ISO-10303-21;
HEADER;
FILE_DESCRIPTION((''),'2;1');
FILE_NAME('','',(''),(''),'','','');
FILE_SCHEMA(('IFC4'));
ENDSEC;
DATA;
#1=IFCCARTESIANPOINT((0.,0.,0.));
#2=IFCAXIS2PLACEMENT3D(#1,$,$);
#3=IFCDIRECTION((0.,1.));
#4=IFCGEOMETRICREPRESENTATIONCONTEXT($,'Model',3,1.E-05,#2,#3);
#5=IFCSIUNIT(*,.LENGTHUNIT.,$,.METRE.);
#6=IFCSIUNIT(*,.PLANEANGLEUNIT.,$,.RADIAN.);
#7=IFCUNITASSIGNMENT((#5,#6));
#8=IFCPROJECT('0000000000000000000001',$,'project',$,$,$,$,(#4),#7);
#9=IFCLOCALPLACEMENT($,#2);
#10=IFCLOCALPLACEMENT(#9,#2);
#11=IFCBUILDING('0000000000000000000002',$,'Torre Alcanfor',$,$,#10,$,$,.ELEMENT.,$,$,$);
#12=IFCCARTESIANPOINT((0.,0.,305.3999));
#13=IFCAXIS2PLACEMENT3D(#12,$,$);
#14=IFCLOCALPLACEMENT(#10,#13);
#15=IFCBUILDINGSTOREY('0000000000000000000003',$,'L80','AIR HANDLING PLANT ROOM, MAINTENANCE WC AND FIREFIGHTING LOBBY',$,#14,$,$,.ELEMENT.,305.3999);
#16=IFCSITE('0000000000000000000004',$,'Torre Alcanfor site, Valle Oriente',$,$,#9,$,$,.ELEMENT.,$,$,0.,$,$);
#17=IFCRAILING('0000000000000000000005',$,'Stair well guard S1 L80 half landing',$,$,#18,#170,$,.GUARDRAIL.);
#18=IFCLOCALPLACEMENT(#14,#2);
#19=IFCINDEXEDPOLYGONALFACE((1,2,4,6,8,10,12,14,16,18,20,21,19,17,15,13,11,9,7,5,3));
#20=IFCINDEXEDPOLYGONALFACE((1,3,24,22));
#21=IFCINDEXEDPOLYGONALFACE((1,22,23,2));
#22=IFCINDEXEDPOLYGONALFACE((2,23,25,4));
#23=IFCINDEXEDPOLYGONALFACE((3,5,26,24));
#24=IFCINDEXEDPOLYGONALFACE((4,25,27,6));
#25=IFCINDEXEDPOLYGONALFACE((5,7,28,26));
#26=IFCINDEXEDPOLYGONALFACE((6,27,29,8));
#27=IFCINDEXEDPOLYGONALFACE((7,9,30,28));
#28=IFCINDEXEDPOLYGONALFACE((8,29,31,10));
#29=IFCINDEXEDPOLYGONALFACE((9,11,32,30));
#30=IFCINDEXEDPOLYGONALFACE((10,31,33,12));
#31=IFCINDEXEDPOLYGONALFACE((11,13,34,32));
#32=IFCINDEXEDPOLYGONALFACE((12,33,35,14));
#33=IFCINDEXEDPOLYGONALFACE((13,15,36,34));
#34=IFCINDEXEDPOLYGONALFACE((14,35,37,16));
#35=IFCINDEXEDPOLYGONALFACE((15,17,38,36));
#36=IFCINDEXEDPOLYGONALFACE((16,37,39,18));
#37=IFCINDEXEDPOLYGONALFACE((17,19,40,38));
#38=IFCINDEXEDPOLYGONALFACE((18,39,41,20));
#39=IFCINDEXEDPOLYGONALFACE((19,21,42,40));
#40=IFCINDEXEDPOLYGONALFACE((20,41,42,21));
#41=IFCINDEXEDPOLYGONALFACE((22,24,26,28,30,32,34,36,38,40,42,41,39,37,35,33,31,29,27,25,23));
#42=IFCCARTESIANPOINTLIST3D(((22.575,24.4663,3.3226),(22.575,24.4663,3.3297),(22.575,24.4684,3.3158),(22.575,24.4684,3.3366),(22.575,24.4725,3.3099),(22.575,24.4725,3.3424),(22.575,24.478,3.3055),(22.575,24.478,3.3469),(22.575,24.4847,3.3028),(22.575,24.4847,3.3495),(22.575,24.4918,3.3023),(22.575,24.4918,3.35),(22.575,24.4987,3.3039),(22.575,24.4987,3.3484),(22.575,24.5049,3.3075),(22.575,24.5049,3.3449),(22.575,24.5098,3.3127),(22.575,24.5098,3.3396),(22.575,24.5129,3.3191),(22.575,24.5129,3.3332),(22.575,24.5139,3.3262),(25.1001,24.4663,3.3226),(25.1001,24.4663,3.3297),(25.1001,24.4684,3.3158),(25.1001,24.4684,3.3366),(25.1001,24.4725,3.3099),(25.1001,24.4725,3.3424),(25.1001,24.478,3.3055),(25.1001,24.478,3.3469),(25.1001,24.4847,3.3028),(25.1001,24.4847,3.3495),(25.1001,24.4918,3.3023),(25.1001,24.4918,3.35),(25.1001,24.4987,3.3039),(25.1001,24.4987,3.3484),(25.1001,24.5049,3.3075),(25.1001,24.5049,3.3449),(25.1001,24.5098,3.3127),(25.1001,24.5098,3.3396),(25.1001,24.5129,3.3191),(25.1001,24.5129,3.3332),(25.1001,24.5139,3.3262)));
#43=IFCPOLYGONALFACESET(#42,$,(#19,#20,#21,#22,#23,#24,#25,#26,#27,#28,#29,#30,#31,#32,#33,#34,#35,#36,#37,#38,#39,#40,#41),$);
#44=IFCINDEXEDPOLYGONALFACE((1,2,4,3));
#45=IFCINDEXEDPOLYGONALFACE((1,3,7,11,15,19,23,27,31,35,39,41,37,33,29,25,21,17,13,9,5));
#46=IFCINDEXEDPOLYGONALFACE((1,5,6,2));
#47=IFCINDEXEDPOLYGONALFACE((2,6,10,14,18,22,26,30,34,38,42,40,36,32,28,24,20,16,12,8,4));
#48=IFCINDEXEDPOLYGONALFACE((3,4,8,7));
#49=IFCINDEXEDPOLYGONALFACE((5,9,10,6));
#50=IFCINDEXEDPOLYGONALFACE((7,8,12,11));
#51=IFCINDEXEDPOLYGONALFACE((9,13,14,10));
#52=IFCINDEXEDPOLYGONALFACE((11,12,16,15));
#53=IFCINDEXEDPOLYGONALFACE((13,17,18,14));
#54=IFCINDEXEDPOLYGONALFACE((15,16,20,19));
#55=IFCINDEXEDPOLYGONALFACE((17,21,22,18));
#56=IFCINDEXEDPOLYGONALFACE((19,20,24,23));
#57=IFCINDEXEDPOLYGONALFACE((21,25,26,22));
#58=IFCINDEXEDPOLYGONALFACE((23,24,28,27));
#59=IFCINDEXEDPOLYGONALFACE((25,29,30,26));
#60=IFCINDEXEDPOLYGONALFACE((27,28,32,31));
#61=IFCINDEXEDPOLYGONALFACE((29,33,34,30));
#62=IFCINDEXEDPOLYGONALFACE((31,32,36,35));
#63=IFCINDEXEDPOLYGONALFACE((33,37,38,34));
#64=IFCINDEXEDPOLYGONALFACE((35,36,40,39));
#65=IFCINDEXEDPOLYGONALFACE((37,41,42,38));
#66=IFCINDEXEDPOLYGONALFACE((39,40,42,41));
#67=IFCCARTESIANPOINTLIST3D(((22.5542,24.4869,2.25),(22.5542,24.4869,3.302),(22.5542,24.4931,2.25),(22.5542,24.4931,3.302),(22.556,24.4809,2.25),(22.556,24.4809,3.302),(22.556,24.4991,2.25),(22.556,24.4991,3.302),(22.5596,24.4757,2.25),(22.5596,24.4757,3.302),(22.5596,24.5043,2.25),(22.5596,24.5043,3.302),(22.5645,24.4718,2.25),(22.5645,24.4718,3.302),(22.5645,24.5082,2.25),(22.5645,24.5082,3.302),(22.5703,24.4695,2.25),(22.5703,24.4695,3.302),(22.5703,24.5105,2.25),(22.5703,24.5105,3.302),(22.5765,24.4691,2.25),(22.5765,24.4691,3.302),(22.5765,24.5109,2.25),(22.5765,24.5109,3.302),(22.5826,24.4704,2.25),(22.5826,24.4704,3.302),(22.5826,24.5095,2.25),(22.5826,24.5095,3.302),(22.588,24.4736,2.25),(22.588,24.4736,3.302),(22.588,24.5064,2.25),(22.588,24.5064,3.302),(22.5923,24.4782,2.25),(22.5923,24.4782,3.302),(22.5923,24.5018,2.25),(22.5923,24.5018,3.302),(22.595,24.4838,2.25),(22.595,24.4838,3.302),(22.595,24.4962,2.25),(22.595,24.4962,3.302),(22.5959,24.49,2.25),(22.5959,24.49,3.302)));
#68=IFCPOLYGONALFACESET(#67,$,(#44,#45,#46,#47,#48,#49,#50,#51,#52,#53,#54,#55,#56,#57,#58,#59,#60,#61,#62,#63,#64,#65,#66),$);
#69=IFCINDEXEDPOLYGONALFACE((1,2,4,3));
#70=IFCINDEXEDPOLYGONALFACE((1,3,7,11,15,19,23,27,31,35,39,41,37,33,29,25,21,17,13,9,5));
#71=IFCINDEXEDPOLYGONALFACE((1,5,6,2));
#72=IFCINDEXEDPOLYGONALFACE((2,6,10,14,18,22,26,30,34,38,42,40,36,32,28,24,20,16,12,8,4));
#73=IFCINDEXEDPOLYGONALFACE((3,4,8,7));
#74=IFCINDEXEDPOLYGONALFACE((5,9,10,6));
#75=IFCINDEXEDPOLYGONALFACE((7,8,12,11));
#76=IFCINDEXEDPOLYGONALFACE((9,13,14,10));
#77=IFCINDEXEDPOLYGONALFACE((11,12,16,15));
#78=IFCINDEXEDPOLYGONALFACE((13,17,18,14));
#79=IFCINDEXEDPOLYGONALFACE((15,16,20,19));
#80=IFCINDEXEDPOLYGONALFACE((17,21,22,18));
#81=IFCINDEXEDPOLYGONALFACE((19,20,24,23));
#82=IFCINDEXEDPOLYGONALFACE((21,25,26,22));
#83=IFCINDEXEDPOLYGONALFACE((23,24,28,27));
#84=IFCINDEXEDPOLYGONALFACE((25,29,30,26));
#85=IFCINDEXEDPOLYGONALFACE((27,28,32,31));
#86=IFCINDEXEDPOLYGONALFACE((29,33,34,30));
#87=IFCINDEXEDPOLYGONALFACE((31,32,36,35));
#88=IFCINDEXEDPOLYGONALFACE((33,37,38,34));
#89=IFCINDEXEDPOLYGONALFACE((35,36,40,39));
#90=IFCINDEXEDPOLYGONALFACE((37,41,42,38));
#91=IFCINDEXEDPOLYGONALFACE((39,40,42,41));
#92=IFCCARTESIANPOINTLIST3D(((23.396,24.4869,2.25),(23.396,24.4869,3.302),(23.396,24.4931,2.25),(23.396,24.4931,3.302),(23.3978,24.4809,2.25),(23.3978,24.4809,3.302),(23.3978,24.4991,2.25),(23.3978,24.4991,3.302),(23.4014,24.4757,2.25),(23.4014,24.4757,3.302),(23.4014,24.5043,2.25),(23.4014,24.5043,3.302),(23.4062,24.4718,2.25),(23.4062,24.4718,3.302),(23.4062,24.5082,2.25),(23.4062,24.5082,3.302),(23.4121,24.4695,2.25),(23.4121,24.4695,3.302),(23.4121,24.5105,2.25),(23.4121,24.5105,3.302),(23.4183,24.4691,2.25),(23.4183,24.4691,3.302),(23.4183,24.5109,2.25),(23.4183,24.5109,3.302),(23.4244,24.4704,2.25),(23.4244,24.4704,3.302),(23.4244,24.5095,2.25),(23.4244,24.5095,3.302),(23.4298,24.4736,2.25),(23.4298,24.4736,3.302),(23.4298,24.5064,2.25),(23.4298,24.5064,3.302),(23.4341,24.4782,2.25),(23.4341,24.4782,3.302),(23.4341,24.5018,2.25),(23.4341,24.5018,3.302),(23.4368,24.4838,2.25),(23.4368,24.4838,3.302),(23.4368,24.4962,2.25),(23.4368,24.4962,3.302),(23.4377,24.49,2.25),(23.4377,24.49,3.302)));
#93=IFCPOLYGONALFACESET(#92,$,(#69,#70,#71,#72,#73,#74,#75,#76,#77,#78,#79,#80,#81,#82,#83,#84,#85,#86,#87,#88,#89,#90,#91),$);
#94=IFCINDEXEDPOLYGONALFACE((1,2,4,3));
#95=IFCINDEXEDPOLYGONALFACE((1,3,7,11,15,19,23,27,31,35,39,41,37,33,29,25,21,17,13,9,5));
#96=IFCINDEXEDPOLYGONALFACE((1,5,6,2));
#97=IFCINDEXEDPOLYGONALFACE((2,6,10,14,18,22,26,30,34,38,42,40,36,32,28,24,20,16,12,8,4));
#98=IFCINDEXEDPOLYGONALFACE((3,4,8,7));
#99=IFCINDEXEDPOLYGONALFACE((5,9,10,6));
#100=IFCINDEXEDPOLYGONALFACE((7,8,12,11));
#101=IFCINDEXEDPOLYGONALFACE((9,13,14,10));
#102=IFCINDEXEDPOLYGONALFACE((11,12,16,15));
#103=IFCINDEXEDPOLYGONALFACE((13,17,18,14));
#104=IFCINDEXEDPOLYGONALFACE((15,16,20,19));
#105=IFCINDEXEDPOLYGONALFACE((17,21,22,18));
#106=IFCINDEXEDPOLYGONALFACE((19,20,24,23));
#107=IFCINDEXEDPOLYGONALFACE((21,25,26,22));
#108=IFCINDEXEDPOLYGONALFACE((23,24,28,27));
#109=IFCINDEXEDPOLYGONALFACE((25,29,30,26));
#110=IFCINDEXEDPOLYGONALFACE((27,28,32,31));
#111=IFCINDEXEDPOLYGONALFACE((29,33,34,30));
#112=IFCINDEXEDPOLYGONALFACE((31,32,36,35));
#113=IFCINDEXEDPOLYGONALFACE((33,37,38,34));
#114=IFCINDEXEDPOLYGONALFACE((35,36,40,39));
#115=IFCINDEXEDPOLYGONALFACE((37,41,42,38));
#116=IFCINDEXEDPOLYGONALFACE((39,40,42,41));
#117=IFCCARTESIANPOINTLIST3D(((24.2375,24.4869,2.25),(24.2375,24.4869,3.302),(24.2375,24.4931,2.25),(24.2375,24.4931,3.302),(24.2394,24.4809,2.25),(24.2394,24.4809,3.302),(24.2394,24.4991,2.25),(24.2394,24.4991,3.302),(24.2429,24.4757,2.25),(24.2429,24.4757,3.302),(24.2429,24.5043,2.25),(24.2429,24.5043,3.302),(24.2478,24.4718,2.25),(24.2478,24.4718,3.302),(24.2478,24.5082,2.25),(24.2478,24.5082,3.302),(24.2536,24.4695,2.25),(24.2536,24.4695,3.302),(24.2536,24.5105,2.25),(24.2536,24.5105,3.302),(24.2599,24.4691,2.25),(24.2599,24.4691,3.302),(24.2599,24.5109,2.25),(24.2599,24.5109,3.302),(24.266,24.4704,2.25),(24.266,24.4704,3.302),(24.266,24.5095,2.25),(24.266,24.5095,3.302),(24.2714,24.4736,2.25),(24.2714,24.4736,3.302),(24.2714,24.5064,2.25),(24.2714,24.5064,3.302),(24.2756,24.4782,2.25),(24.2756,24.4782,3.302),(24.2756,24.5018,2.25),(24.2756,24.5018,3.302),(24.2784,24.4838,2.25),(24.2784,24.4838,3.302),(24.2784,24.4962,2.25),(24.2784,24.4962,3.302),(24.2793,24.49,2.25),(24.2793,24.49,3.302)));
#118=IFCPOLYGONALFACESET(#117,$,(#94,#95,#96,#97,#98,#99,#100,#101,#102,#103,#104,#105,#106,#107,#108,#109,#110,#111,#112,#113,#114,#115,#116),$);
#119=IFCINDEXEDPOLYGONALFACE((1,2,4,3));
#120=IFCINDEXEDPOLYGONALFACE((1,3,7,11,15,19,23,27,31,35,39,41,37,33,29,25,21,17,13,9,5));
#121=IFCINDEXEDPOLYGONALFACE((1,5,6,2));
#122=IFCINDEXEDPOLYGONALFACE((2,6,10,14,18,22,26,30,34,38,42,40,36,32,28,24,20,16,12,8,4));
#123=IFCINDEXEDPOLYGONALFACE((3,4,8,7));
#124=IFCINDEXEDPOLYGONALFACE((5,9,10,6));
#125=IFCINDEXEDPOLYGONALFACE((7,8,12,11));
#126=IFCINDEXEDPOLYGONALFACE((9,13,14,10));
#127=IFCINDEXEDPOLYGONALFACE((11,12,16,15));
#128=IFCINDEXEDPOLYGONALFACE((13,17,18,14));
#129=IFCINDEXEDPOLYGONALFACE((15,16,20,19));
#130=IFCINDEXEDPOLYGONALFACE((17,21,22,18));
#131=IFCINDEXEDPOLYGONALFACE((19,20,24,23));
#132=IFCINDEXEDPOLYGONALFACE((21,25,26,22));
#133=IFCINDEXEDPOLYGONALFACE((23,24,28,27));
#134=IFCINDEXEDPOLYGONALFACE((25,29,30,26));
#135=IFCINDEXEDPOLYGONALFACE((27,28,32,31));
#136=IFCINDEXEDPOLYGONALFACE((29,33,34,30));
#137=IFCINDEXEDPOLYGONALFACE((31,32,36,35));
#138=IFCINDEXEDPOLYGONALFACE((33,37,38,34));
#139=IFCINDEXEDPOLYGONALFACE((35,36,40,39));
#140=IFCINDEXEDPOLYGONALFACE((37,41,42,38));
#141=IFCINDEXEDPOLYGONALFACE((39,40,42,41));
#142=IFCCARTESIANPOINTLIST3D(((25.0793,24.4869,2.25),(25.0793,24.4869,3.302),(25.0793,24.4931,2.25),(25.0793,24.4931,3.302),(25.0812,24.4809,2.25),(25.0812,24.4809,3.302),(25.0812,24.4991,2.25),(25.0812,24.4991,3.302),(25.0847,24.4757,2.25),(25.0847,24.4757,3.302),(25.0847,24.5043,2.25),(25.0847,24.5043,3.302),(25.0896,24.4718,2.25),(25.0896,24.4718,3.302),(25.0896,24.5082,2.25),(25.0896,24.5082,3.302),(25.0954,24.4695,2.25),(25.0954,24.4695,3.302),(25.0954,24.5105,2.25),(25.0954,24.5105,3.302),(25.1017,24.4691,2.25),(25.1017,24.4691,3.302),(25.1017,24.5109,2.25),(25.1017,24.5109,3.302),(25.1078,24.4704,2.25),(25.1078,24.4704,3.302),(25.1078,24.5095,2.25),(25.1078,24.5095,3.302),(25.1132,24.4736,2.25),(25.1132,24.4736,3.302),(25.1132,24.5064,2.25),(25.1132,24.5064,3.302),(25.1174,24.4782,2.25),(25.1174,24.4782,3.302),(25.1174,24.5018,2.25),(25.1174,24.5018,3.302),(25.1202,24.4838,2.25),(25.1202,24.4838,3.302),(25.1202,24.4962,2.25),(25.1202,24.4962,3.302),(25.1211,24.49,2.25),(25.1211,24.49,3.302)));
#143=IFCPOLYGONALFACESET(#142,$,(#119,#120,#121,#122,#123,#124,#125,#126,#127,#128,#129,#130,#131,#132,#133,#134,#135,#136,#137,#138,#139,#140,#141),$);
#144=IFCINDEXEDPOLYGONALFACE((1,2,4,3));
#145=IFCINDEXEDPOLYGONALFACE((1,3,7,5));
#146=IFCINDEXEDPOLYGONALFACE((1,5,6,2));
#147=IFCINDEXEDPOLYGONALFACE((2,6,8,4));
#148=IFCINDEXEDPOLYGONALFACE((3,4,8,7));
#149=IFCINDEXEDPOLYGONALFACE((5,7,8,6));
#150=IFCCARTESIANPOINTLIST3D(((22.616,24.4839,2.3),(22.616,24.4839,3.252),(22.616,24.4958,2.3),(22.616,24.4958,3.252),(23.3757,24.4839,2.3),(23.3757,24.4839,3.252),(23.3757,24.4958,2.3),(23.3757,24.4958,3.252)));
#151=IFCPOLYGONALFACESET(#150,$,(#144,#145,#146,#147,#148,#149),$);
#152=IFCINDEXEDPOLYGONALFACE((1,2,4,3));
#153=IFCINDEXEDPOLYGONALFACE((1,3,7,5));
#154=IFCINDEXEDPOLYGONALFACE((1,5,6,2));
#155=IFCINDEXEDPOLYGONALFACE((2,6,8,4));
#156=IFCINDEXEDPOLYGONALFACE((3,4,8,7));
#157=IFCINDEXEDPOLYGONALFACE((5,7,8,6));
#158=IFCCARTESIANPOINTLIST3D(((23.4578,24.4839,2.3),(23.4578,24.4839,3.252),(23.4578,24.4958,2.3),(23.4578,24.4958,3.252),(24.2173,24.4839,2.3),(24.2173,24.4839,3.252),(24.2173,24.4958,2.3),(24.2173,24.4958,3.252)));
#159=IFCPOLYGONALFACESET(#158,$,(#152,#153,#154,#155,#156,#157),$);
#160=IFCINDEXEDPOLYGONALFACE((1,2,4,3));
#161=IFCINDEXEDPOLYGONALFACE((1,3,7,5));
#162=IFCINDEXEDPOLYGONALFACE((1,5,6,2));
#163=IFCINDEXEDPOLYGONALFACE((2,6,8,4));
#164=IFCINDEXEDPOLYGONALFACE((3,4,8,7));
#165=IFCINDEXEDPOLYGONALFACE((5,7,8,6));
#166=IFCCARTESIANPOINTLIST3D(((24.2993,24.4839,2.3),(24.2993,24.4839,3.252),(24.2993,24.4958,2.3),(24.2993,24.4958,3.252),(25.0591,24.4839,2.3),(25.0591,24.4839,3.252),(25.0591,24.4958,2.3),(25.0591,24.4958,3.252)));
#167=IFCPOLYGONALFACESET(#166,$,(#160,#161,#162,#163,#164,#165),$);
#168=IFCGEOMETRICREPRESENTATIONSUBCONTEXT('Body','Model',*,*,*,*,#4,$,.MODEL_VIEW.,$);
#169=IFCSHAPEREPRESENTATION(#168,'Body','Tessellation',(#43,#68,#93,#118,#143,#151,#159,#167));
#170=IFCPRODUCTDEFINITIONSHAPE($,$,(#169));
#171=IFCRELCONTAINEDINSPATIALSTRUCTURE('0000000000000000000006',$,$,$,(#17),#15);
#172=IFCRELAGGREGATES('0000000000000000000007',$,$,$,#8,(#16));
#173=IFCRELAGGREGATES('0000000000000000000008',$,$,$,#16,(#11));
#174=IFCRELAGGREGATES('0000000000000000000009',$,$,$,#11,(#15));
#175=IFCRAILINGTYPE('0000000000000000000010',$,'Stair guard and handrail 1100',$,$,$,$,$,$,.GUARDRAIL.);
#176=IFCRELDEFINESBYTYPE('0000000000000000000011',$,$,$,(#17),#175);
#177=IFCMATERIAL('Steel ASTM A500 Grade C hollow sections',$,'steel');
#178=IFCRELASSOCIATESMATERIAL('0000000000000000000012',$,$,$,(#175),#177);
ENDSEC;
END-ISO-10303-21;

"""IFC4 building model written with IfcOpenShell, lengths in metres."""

from ifc_helpers import new_model, si_unit, direction, frame, origin, origin_2d, place, context, subcontext, project, spatial, polyline, circle, outline, extrude, material, type_object, element, save


model = new_model("IFC4")

# Units and contexts
model_context = context("Model", 3, precision=1e-05, world=origin(), true_north=direction((0.0, 1.0)))
body_context = subcontext(model_context, "Body", "Model", "MODEL_VIEW")
ifc_project = project(units=[si_unit("LENGTHUNIT", "METRE"), si_unit("PLANEANGLEUNIT", "RADIAN")], contexts=[model_context])

# Site, building, storey
site_placement = place(None, origin())
site = spatial("IfcSite", under=ifc_project, at=site_placement, Name="Torre Alcanfor site, Valle Oriente", CompositionType="ELEMENT", RefElevation=0.0)
building_placement = place(site_placement, origin())
building = spatial("IfcBuilding", under=site, at=building_placement, Name="Torre Alcanfor", CompositionType="ELEMENT")
storey_placement = place(building_placement, frame((0.0, 0.0, 305.3999)))
storey = spatial("IfcBuildingStorey", under=building, at=storey_placement, Name="L80", Description="AIR HANDLING PLANT ROOM, MAINTENANCE WC AND FIREFIGHTING LOBBY", CompositionType="ELEMENT", Elevation=305.3999)

# Railing
ifc_material_1 = material(Name="Steel ASTM A500 Grade C hollow sections", Category="steel")
railing_type_1 = type_object("IfcRailingType", Name="Stair guard and handrail 1100", PredefinedType="GUARDRAIL", material=ifc_material_1)
for number, where, name in (
    (1, (22.575, 24.49, 2.25), "Stair well guard S1 L80 half landing"),
):
    element("IfcRailing", number, at=place(storey_placement, frame(where)), inside=storey, type_object=railing_type_1, Name=name, PredefinedType="GUARDRAIL", context=body_context, shape_type="SweptSolid", body=[
        extrude(circle(Radius=0.0239, at=origin_2d()), frame((0.0, 0.0, 1.0762), z_axis=(1.0, 0.0, 0.0), x_axis=(0.0, 1.0, 0.0)), (0.0, 0.0, 1.0), 2.5251),
        extrude(circle(Radius=0.021, at=origin_2d()), origin(), (0.0, 0.0, 1.0), 1.052),
        extrude(circle(Radius=0.021, at=origin_2d()), frame((0.8418, 0.0, 0.0)), (0.0, 0.0, 1.0), 1.052),
        extrude(circle(Radius=0.021, at=origin_2d()), frame((1.6833, 0.0, 0.0)), (0.0, 0.0, 1.0), 1.052),
        extrude(circle(Radius=0.021, at=origin_2d()), frame((2.5251, 0.0, 0.0)), (0.0, 0.0, 1.0), 1.052),
        extrude(outline(polyline([(0.041, 0.05), (0.8008, 0.05), (0.8008, 1.002), (0.041, 1.002), (0.041, 0.05)])), frame((0.0, 0.0059, 0.0), z_axis=(0.0, -1.0, 0.0), x_axis=(1.0, 0.0, 0.0)), (0.0, 0.0, 1.0), 0.012),
        extrude(outline(polyline([(0.8828, 0.05), (1.6423, 0.05), (1.6423, 1.002), (0.8828, 1.002), (0.8828, 0.05)])), frame((0.0, 0.0059, 0.0), z_axis=(0.0, -1.0, 0.0), x_axis=(1.0, 0.0, 0.0)), (0.0, 0.0, 1.0), 0.012),
        extrude(outline(polyline([(1.7244, 0.05), (2.4841, 0.05), (2.4841, 1.002), (1.7244, 1.002), (1.7244, 0.05)])), frame((0.0, 0.0059, 0.0), z_axis=(0.0, -1.0, 0.0), x_axis=(1.0, 0.0, 0.0)), (0.0, 0.0, 1.0), 0.012),
    ])

save(model, "model.ifc")
